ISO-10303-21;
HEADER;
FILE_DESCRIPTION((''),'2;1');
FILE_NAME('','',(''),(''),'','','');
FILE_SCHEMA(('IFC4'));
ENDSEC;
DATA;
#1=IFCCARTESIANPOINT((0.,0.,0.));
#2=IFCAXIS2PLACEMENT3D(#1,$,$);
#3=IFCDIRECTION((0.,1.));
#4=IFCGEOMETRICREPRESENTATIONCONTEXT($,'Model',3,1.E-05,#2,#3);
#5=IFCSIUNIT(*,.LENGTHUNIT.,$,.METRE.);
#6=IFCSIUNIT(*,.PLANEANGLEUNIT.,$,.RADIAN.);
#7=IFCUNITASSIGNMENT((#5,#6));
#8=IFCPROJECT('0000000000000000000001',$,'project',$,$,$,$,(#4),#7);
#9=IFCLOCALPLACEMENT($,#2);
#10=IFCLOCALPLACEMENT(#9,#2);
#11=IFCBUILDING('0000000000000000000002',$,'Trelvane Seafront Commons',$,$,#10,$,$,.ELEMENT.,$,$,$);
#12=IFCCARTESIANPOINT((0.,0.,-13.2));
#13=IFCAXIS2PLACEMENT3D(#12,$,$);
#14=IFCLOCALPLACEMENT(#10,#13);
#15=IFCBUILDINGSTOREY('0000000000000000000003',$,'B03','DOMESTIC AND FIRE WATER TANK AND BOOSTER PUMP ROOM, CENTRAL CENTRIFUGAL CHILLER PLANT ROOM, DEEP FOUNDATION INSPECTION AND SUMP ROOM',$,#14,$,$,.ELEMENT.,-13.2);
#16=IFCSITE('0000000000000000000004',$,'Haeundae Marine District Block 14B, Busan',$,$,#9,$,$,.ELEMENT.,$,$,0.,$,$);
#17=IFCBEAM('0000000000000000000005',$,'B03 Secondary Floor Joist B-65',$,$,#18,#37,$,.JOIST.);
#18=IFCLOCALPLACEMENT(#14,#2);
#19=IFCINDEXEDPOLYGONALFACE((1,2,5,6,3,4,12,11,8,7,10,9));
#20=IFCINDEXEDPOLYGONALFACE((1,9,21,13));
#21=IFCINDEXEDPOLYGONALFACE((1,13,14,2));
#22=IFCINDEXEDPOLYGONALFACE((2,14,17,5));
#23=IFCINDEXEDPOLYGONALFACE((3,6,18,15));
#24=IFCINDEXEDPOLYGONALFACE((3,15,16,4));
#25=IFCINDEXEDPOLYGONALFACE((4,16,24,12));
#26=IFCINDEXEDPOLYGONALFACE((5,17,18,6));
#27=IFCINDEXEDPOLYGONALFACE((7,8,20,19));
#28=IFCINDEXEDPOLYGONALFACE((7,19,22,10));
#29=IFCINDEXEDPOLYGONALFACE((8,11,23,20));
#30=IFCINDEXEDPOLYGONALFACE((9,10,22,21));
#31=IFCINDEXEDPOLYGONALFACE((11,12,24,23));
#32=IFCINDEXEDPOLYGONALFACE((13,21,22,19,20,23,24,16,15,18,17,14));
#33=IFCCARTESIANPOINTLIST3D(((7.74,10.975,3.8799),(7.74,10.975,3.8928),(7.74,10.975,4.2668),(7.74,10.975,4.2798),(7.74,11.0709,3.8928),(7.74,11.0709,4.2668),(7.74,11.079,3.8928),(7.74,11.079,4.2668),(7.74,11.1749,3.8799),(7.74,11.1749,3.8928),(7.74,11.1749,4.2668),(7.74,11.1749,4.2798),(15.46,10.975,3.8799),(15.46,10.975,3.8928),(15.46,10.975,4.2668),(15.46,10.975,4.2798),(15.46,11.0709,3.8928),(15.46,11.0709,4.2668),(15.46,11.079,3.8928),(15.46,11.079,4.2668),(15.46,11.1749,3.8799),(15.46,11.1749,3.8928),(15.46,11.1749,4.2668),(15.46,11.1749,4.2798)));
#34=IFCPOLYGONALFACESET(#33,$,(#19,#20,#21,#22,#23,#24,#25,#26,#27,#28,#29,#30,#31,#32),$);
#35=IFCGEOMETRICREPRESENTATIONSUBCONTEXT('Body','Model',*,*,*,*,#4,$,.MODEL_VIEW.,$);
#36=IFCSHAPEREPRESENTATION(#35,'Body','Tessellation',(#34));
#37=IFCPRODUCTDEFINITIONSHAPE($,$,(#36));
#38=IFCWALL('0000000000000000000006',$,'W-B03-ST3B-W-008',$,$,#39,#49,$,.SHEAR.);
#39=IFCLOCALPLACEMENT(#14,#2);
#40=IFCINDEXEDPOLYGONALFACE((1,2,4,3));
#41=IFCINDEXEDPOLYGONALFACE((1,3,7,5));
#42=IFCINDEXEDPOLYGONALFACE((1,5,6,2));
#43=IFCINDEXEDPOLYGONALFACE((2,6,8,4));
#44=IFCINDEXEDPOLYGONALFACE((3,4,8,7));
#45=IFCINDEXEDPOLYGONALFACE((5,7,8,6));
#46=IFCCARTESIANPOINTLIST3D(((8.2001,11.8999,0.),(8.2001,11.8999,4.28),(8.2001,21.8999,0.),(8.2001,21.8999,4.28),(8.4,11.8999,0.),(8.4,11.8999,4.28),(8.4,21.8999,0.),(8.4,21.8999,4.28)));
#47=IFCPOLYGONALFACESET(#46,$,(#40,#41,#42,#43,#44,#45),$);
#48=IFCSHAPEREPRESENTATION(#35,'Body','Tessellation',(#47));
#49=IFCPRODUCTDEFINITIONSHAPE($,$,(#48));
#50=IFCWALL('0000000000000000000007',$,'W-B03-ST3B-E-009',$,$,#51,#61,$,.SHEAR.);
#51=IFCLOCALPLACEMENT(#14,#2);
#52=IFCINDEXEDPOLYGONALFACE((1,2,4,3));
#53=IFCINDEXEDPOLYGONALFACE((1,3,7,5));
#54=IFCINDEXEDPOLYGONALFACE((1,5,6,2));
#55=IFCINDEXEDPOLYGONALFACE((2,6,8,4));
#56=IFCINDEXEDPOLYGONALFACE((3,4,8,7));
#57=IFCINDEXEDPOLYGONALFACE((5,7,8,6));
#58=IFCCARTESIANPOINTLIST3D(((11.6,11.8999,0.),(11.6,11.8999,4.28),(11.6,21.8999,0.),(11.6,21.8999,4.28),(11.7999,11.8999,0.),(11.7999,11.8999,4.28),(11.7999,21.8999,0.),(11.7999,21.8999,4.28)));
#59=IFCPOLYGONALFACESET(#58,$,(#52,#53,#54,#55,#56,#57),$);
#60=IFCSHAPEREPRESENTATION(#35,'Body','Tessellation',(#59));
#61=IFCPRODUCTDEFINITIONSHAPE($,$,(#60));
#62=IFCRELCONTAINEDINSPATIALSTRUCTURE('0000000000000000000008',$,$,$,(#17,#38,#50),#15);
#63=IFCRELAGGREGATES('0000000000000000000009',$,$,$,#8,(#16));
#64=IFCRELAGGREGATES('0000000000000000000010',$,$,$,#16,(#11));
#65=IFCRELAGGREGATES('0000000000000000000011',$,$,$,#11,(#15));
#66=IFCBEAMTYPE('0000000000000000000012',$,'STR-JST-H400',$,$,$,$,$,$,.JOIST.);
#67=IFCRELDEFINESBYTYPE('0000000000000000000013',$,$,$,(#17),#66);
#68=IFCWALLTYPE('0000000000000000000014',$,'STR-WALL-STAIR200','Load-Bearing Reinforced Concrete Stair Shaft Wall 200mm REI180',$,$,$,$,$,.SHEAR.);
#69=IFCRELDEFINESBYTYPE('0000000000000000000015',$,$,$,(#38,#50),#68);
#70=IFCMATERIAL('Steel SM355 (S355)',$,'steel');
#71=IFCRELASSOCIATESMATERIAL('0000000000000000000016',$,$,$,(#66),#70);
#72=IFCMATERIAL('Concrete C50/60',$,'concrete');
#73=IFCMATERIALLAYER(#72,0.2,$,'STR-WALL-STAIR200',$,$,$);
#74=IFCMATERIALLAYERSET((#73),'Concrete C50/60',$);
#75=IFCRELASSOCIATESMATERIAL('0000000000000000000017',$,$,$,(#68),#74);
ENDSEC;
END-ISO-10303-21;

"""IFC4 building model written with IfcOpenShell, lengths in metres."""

from ifc_helpers import new_model, si_unit, direction, frame, frame_2d, origin, origin_2d, place, context, subcontext, project, spatial, rectangle, i_section, extrude, source, transform, mapped, material, layer, layer_set, material_profile, profile_set, type_object, element, save


model = new_model("IFC4")

# Units and contexts
model_context = context("Model", 3, precision=1e-05, world=origin(), true_north=direction((0.0, 1.0)))
body_context = subcontext(model_context, "Body", "Model", "MODEL_VIEW")
ifc_project = project(units=[si_unit("LENGTHUNIT", "METRE"), si_unit("PLANEANGLEUNIT", "RADIAN")], contexts=[model_context])

# Site, building, storey
site_placement = place(None, origin())
site = spatial("IfcSite", under=ifc_project, at=site_placement, Name="Haeundae Marine District Block 14B, Busan", CompositionType="ELEMENT", RefElevation=0.0)
building_placement = place(site_placement, origin())
building = spatial("IfcBuilding", under=site, at=building_placement, Name="Trelvane Seafront Commons", CompositionType="ELEMENT")
storey_placement = place(building_placement, frame((0.0, 0.0, -13.2)))
storey = spatial("IfcBuildingStorey", under=building, at=storey_placement, Name="B03", Description="DOMESTIC AND FIRE WATER TANK AND BOOSTER PUMP ROOM, CENTRAL CENTRIFUGAL CHILLER PLANT ROOM, DEEP FOUNDATION INSPECTION AND SUMP ROOM", CompositionType="ELEMENT", Elevation=-13.2)

# Shared definitions
ifc_material_1 = material(Name="Concrete C50/60", Category="concrete")

# Beam
ifc_material_2 = material(Name="Steel SM355 (S355)", Category="steel")
ifc_material_profile_1 = material_profile(ifc_material_2, i_section(OverallWidth=0.2, OverallDepth=0.3999, WebThickness=0.0081, FlangeThickness=0.0129, at=origin_2d()), Name="H-400x200x8x13")
ifc_profile_set_1 = profile_set([ifc_material_profile_1], Name="Steel SM355 (S355)")
beam_type_1 = type_object("IfcBeamType", Name="STR-JST-H400", PredefinedType="JOIST", material=ifc_profile_set_1)
shared_shape_1 = source(origin(), body_context, "Body", "SweptSolid", [
    extrude(i_section(OverallWidth=0.2, OverallDepth=0.3999, WebThickness=0.0081, FlangeThickness=0.0129, at=origin_2d()), origin(), (0.0, 0.0, 1.0), 7.72),
])
beam_1_placement = place(storey_placement, frame((7.74, 11.075, 4.0798), z_axis=(1.0, 0.0, 0.0), x_axis=(0.0, 1.0, 0.0)))
element("IfcBeam", 1, at=beam_1_placement, inside=storey, type_object=beam_type_1, Name="B03 Secondary Floor Joist B-65", PredefinedType="JOIST", context=body_context, shape_type="MappedRepresentation", body=[
    mapped(shared_shape_1, transform((0.0, 0.0, 0.0), x_axis=(1.0, 0.0, 0.0), y_axis=(0.0, 1.0, 0.0), z_axis=(0.0, 0.0, 1.0), scale=1.0)),
])

# Walls
ifc_layer = layer(ifc_material_1, 0.2, Name="STR-WALL-STAIR200")
ifc_layer_set = layer_set([ifc_layer], Name="Concrete C50/60")
wall_type = type_object("IfcWallType", Name="STR-WALL-STAIR200", Description="Load-Bearing Reinforced Concrete Stair Shaft Wall 200mm REI180", PredefinedType="SHEAR", material=ifc_layer_set)
for number, where, z_axis, x_axis, name in (
    (2, (8.3, 11.8999, 0.0), (0.0, 0.0, 1.0), (0.0, 1.0, 0.0), "W-B03-ST3B-W-008"),
    (3, (11.7, 11.8999, 0.0), (0.0, 0.0, 1.0), (0.0, 1.0, 0.0), "W-B03-ST3B-E-009"),
):
    element("IfcWall", number, at=place(storey_placement, frame(where, z_axis=z_axis, x_axis=x_axis)), inside=storey, type_object=wall_type, Name=name, PredefinedType="SHEAR", context=body_context, shape_type="SweptSolid", body=[
        extrude(rectangle(XDim=10.0, YDim=0.2, at=frame_2d((5.0, 0.0))), origin(), (0.0, 0.0, 1.0), 4.28),
    ])

save(model, "model.ifc")
